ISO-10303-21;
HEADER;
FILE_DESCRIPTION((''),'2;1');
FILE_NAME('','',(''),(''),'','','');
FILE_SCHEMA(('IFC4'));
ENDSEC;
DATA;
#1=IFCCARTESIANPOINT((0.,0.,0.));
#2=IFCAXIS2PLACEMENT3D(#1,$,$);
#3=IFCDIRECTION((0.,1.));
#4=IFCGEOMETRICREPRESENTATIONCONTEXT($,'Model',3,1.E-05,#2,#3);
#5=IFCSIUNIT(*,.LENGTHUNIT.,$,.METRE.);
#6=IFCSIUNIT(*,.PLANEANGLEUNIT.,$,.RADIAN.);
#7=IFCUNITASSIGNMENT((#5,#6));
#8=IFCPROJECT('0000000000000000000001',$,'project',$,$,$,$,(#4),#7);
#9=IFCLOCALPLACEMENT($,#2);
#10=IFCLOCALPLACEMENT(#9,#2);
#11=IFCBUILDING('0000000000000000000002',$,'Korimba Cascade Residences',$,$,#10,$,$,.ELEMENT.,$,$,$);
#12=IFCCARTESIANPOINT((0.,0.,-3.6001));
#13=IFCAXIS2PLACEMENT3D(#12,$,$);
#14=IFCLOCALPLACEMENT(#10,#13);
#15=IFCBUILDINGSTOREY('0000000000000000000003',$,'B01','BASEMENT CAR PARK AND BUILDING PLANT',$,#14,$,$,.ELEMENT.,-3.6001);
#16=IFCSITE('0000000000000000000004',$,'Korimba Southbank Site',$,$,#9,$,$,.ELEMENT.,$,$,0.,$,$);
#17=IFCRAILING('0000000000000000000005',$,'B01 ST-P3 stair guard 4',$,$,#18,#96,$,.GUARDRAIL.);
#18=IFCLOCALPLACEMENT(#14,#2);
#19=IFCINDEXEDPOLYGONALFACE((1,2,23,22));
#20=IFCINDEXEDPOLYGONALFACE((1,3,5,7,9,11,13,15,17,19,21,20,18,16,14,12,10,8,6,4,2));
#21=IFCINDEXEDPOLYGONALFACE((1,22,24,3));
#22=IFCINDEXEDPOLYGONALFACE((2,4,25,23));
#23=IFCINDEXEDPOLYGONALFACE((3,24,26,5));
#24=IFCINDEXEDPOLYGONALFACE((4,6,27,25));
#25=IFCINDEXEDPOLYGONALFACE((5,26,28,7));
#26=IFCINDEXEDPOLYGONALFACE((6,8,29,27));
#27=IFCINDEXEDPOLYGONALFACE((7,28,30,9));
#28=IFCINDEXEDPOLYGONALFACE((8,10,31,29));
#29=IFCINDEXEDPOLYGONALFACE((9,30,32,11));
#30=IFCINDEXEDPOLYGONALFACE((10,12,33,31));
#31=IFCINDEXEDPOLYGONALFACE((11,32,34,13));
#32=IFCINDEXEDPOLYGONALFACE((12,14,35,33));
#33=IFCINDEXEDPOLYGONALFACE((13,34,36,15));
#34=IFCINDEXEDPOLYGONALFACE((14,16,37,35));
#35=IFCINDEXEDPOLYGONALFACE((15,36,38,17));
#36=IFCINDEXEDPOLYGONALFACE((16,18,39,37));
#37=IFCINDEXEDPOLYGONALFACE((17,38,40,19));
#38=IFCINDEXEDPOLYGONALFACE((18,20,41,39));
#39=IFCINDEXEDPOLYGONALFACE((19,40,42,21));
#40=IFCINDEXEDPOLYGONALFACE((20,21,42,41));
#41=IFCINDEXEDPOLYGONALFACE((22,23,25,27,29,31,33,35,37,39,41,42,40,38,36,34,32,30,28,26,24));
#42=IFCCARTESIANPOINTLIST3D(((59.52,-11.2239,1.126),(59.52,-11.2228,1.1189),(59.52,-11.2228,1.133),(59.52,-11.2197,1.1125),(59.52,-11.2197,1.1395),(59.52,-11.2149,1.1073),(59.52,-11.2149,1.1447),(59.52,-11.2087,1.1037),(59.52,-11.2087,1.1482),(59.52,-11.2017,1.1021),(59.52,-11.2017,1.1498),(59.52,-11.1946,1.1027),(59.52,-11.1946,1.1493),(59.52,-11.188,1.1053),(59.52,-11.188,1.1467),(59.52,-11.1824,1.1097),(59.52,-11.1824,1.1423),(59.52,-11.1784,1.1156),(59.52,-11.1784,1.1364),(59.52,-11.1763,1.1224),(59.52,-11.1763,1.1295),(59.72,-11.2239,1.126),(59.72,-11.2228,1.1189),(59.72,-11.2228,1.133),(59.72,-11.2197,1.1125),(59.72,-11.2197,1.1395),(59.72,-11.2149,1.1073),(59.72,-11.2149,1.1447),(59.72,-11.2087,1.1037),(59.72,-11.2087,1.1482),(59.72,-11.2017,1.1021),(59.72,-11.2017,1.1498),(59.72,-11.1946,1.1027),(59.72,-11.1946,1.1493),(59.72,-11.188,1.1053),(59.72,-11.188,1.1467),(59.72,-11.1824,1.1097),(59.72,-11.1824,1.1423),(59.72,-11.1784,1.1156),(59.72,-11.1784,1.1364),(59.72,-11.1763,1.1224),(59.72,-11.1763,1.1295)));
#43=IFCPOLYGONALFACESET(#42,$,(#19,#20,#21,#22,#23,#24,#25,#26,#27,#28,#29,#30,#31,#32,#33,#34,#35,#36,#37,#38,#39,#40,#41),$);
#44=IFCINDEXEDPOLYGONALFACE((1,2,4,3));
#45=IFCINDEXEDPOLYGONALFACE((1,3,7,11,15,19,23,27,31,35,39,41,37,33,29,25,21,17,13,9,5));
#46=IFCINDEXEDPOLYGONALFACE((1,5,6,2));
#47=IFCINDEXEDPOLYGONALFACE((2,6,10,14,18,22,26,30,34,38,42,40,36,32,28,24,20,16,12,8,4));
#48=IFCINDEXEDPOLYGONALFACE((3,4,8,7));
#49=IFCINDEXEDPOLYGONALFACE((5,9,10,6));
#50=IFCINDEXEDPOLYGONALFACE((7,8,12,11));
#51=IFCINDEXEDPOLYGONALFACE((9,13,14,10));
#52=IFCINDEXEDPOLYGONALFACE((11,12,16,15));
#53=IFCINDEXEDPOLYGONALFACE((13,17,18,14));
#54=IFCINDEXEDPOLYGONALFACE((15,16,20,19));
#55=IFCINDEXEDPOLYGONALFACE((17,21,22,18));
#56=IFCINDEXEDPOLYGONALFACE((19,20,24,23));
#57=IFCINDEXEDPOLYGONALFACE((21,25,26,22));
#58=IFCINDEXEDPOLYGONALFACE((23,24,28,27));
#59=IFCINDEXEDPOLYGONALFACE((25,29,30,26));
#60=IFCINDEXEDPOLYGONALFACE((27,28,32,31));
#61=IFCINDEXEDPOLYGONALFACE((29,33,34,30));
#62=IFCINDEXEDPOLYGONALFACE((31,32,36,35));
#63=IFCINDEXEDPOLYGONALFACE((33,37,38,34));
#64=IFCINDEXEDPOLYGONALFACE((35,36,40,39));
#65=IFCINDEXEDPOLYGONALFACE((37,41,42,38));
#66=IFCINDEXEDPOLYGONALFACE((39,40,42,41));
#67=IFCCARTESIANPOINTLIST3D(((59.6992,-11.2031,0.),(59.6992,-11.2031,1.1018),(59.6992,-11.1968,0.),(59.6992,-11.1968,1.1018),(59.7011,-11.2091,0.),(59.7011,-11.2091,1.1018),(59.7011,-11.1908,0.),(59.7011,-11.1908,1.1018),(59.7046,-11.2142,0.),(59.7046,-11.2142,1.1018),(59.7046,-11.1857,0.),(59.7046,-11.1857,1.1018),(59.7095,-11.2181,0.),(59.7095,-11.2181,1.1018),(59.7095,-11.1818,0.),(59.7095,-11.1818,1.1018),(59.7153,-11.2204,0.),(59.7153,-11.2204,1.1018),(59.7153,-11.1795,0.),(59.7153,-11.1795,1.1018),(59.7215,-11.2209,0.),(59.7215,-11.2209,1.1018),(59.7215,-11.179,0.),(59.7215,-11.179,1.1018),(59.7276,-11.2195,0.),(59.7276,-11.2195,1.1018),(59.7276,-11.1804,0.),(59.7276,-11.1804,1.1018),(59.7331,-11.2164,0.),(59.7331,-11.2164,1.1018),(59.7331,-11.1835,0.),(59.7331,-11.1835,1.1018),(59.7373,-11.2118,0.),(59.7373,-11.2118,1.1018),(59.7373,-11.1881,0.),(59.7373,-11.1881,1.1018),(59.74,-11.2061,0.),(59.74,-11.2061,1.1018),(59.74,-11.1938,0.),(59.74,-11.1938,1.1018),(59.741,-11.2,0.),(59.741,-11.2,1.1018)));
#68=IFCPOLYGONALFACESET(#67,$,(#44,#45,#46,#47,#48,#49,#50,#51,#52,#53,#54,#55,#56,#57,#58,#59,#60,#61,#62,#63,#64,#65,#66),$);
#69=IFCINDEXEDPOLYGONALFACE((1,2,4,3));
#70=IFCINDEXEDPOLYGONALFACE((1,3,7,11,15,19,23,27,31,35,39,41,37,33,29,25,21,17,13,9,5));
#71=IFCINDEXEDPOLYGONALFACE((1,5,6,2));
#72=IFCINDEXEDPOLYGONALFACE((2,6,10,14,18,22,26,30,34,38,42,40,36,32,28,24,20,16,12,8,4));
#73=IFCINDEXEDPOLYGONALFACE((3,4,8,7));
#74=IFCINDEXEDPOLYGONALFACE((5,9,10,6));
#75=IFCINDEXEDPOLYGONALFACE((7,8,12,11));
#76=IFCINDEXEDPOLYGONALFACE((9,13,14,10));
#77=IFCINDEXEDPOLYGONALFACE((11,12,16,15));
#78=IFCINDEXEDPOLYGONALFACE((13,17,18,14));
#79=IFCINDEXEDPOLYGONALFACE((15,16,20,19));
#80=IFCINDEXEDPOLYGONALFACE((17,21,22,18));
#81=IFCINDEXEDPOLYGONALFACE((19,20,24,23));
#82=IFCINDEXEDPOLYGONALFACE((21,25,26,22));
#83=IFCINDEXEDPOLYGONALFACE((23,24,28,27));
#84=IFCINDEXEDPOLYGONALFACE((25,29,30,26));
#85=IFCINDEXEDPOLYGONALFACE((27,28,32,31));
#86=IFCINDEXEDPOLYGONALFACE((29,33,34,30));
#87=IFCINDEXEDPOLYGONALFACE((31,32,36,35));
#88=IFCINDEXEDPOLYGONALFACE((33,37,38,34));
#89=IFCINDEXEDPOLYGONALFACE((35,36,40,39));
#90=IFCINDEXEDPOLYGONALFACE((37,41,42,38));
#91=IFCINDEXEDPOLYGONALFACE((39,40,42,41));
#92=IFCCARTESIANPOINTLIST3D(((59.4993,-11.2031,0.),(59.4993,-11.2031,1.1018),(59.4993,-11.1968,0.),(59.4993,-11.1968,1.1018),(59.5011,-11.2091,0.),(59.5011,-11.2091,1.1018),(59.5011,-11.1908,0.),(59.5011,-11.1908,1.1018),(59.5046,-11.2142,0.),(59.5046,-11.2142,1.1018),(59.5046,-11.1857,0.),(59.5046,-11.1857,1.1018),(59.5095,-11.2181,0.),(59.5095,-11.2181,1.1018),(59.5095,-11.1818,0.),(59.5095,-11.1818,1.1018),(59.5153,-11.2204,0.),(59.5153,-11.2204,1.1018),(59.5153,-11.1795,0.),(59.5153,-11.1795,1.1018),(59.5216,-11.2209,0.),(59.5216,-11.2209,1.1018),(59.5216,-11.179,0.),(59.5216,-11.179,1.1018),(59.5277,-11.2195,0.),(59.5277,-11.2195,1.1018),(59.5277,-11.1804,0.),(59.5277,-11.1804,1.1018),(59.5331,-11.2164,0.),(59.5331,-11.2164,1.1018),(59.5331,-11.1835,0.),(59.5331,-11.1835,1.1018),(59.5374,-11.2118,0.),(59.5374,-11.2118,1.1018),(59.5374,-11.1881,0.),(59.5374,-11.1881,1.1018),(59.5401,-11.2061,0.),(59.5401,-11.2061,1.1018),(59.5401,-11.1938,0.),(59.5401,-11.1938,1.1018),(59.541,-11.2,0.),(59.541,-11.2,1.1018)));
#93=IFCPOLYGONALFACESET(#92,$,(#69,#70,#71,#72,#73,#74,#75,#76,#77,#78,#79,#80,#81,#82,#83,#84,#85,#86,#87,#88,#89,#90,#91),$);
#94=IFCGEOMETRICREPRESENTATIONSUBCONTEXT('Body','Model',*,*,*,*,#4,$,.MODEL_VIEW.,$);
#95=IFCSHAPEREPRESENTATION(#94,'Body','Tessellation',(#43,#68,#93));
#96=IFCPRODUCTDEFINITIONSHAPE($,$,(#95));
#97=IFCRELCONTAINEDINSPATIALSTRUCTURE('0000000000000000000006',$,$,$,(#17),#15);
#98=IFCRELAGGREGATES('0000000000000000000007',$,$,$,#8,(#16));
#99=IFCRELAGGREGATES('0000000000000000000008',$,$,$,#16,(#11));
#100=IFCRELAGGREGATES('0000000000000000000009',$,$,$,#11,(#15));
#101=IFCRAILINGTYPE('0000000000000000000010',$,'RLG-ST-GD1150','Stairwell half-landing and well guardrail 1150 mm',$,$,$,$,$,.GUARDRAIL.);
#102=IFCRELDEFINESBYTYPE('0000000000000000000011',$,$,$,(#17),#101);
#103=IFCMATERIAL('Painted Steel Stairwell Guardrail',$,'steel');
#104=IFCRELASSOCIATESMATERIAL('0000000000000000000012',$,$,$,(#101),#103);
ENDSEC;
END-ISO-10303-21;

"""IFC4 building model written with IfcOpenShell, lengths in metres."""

from ifc_helpers import new_model, si_unit, direction, frame, origin, origin_2d, place, context, subcontext, project, spatial, circle, extrude, material, type_object, element, save


model = new_model("IFC4")

# Units and contexts
model_context = context("Model", 3, precision=1e-05, world=origin(), true_north=direction((0.0, 1.0)))
body_context = subcontext(model_context, "Body", "Model", "MODEL_VIEW")
ifc_project = project(units=[si_unit("LENGTHUNIT", "METRE"), si_unit("PLANEANGLEUNIT", "RADIAN")], contexts=[model_context])

# Site, building, storey
site_placement = place(None, origin())
site = spatial("IfcSite", under=ifc_project, at=site_placement, Name="Korimba Southbank Site", CompositionType="ELEMENT", RefElevation=0.0)
building_placement = place(site_placement, origin())
building = spatial("IfcBuilding", under=site, at=building_placement, Name="Korimba Cascade Residences", CompositionType="ELEMENT")
storey_placement = place(building_placement, frame((0.0, 0.0, -3.6001)))
storey = spatial("IfcBuildingStorey", under=building, at=storey_placement, Name="B01", Description="BASEMENT CAR PARK AND BUILDING PLANT", CompositionType="ELEMENT", Elevation=-3.6001)

# Railing
ifc_material_1 = material(Name="Painted Steel Stairwell Guardrail", Category="steel")
railing_type_1 = type_object("IfcRailingType", Name="RLG-ST-GD1150", Description="Stairwell half-landing and well guardrail 1150 mm", PredefinedType="GUARDRAIL", material=ifc_material_1)
railing_1_placement = place(storey_placement, frame((59.72, -11.2, 0.0)))
element("IfcRailing", 1, at=railing_1_placement, inside=storey, type_object=railing_type_1, Name="B01 ST-P3 stair guard 4", PredefinedType="GUARDRAIL", context=body_context, shape_type="SweptSolid", body=[
    extrude(circle(Radius=0.0239, at=origin_2d()), frame((0.0, 0.0, 1.126), z_axis=(-1.0, 0.0, 0.0), x_axis=(0.0, -1.0, 0.0)), (0.0, 0.0, 1.0), 0.2),
    extrude(circle(Radius=0.021, at=origin_2d()), origin(), (0.0, 0.0, 1.0), 1.1018),
    extrude(circle(Radius=0.021, at=origin_2d()), frame((-0.2, 0.0, 0.0)), (0.0, 0.0, 1.0), 1.1018),
])

save(model, "model.ifc")
